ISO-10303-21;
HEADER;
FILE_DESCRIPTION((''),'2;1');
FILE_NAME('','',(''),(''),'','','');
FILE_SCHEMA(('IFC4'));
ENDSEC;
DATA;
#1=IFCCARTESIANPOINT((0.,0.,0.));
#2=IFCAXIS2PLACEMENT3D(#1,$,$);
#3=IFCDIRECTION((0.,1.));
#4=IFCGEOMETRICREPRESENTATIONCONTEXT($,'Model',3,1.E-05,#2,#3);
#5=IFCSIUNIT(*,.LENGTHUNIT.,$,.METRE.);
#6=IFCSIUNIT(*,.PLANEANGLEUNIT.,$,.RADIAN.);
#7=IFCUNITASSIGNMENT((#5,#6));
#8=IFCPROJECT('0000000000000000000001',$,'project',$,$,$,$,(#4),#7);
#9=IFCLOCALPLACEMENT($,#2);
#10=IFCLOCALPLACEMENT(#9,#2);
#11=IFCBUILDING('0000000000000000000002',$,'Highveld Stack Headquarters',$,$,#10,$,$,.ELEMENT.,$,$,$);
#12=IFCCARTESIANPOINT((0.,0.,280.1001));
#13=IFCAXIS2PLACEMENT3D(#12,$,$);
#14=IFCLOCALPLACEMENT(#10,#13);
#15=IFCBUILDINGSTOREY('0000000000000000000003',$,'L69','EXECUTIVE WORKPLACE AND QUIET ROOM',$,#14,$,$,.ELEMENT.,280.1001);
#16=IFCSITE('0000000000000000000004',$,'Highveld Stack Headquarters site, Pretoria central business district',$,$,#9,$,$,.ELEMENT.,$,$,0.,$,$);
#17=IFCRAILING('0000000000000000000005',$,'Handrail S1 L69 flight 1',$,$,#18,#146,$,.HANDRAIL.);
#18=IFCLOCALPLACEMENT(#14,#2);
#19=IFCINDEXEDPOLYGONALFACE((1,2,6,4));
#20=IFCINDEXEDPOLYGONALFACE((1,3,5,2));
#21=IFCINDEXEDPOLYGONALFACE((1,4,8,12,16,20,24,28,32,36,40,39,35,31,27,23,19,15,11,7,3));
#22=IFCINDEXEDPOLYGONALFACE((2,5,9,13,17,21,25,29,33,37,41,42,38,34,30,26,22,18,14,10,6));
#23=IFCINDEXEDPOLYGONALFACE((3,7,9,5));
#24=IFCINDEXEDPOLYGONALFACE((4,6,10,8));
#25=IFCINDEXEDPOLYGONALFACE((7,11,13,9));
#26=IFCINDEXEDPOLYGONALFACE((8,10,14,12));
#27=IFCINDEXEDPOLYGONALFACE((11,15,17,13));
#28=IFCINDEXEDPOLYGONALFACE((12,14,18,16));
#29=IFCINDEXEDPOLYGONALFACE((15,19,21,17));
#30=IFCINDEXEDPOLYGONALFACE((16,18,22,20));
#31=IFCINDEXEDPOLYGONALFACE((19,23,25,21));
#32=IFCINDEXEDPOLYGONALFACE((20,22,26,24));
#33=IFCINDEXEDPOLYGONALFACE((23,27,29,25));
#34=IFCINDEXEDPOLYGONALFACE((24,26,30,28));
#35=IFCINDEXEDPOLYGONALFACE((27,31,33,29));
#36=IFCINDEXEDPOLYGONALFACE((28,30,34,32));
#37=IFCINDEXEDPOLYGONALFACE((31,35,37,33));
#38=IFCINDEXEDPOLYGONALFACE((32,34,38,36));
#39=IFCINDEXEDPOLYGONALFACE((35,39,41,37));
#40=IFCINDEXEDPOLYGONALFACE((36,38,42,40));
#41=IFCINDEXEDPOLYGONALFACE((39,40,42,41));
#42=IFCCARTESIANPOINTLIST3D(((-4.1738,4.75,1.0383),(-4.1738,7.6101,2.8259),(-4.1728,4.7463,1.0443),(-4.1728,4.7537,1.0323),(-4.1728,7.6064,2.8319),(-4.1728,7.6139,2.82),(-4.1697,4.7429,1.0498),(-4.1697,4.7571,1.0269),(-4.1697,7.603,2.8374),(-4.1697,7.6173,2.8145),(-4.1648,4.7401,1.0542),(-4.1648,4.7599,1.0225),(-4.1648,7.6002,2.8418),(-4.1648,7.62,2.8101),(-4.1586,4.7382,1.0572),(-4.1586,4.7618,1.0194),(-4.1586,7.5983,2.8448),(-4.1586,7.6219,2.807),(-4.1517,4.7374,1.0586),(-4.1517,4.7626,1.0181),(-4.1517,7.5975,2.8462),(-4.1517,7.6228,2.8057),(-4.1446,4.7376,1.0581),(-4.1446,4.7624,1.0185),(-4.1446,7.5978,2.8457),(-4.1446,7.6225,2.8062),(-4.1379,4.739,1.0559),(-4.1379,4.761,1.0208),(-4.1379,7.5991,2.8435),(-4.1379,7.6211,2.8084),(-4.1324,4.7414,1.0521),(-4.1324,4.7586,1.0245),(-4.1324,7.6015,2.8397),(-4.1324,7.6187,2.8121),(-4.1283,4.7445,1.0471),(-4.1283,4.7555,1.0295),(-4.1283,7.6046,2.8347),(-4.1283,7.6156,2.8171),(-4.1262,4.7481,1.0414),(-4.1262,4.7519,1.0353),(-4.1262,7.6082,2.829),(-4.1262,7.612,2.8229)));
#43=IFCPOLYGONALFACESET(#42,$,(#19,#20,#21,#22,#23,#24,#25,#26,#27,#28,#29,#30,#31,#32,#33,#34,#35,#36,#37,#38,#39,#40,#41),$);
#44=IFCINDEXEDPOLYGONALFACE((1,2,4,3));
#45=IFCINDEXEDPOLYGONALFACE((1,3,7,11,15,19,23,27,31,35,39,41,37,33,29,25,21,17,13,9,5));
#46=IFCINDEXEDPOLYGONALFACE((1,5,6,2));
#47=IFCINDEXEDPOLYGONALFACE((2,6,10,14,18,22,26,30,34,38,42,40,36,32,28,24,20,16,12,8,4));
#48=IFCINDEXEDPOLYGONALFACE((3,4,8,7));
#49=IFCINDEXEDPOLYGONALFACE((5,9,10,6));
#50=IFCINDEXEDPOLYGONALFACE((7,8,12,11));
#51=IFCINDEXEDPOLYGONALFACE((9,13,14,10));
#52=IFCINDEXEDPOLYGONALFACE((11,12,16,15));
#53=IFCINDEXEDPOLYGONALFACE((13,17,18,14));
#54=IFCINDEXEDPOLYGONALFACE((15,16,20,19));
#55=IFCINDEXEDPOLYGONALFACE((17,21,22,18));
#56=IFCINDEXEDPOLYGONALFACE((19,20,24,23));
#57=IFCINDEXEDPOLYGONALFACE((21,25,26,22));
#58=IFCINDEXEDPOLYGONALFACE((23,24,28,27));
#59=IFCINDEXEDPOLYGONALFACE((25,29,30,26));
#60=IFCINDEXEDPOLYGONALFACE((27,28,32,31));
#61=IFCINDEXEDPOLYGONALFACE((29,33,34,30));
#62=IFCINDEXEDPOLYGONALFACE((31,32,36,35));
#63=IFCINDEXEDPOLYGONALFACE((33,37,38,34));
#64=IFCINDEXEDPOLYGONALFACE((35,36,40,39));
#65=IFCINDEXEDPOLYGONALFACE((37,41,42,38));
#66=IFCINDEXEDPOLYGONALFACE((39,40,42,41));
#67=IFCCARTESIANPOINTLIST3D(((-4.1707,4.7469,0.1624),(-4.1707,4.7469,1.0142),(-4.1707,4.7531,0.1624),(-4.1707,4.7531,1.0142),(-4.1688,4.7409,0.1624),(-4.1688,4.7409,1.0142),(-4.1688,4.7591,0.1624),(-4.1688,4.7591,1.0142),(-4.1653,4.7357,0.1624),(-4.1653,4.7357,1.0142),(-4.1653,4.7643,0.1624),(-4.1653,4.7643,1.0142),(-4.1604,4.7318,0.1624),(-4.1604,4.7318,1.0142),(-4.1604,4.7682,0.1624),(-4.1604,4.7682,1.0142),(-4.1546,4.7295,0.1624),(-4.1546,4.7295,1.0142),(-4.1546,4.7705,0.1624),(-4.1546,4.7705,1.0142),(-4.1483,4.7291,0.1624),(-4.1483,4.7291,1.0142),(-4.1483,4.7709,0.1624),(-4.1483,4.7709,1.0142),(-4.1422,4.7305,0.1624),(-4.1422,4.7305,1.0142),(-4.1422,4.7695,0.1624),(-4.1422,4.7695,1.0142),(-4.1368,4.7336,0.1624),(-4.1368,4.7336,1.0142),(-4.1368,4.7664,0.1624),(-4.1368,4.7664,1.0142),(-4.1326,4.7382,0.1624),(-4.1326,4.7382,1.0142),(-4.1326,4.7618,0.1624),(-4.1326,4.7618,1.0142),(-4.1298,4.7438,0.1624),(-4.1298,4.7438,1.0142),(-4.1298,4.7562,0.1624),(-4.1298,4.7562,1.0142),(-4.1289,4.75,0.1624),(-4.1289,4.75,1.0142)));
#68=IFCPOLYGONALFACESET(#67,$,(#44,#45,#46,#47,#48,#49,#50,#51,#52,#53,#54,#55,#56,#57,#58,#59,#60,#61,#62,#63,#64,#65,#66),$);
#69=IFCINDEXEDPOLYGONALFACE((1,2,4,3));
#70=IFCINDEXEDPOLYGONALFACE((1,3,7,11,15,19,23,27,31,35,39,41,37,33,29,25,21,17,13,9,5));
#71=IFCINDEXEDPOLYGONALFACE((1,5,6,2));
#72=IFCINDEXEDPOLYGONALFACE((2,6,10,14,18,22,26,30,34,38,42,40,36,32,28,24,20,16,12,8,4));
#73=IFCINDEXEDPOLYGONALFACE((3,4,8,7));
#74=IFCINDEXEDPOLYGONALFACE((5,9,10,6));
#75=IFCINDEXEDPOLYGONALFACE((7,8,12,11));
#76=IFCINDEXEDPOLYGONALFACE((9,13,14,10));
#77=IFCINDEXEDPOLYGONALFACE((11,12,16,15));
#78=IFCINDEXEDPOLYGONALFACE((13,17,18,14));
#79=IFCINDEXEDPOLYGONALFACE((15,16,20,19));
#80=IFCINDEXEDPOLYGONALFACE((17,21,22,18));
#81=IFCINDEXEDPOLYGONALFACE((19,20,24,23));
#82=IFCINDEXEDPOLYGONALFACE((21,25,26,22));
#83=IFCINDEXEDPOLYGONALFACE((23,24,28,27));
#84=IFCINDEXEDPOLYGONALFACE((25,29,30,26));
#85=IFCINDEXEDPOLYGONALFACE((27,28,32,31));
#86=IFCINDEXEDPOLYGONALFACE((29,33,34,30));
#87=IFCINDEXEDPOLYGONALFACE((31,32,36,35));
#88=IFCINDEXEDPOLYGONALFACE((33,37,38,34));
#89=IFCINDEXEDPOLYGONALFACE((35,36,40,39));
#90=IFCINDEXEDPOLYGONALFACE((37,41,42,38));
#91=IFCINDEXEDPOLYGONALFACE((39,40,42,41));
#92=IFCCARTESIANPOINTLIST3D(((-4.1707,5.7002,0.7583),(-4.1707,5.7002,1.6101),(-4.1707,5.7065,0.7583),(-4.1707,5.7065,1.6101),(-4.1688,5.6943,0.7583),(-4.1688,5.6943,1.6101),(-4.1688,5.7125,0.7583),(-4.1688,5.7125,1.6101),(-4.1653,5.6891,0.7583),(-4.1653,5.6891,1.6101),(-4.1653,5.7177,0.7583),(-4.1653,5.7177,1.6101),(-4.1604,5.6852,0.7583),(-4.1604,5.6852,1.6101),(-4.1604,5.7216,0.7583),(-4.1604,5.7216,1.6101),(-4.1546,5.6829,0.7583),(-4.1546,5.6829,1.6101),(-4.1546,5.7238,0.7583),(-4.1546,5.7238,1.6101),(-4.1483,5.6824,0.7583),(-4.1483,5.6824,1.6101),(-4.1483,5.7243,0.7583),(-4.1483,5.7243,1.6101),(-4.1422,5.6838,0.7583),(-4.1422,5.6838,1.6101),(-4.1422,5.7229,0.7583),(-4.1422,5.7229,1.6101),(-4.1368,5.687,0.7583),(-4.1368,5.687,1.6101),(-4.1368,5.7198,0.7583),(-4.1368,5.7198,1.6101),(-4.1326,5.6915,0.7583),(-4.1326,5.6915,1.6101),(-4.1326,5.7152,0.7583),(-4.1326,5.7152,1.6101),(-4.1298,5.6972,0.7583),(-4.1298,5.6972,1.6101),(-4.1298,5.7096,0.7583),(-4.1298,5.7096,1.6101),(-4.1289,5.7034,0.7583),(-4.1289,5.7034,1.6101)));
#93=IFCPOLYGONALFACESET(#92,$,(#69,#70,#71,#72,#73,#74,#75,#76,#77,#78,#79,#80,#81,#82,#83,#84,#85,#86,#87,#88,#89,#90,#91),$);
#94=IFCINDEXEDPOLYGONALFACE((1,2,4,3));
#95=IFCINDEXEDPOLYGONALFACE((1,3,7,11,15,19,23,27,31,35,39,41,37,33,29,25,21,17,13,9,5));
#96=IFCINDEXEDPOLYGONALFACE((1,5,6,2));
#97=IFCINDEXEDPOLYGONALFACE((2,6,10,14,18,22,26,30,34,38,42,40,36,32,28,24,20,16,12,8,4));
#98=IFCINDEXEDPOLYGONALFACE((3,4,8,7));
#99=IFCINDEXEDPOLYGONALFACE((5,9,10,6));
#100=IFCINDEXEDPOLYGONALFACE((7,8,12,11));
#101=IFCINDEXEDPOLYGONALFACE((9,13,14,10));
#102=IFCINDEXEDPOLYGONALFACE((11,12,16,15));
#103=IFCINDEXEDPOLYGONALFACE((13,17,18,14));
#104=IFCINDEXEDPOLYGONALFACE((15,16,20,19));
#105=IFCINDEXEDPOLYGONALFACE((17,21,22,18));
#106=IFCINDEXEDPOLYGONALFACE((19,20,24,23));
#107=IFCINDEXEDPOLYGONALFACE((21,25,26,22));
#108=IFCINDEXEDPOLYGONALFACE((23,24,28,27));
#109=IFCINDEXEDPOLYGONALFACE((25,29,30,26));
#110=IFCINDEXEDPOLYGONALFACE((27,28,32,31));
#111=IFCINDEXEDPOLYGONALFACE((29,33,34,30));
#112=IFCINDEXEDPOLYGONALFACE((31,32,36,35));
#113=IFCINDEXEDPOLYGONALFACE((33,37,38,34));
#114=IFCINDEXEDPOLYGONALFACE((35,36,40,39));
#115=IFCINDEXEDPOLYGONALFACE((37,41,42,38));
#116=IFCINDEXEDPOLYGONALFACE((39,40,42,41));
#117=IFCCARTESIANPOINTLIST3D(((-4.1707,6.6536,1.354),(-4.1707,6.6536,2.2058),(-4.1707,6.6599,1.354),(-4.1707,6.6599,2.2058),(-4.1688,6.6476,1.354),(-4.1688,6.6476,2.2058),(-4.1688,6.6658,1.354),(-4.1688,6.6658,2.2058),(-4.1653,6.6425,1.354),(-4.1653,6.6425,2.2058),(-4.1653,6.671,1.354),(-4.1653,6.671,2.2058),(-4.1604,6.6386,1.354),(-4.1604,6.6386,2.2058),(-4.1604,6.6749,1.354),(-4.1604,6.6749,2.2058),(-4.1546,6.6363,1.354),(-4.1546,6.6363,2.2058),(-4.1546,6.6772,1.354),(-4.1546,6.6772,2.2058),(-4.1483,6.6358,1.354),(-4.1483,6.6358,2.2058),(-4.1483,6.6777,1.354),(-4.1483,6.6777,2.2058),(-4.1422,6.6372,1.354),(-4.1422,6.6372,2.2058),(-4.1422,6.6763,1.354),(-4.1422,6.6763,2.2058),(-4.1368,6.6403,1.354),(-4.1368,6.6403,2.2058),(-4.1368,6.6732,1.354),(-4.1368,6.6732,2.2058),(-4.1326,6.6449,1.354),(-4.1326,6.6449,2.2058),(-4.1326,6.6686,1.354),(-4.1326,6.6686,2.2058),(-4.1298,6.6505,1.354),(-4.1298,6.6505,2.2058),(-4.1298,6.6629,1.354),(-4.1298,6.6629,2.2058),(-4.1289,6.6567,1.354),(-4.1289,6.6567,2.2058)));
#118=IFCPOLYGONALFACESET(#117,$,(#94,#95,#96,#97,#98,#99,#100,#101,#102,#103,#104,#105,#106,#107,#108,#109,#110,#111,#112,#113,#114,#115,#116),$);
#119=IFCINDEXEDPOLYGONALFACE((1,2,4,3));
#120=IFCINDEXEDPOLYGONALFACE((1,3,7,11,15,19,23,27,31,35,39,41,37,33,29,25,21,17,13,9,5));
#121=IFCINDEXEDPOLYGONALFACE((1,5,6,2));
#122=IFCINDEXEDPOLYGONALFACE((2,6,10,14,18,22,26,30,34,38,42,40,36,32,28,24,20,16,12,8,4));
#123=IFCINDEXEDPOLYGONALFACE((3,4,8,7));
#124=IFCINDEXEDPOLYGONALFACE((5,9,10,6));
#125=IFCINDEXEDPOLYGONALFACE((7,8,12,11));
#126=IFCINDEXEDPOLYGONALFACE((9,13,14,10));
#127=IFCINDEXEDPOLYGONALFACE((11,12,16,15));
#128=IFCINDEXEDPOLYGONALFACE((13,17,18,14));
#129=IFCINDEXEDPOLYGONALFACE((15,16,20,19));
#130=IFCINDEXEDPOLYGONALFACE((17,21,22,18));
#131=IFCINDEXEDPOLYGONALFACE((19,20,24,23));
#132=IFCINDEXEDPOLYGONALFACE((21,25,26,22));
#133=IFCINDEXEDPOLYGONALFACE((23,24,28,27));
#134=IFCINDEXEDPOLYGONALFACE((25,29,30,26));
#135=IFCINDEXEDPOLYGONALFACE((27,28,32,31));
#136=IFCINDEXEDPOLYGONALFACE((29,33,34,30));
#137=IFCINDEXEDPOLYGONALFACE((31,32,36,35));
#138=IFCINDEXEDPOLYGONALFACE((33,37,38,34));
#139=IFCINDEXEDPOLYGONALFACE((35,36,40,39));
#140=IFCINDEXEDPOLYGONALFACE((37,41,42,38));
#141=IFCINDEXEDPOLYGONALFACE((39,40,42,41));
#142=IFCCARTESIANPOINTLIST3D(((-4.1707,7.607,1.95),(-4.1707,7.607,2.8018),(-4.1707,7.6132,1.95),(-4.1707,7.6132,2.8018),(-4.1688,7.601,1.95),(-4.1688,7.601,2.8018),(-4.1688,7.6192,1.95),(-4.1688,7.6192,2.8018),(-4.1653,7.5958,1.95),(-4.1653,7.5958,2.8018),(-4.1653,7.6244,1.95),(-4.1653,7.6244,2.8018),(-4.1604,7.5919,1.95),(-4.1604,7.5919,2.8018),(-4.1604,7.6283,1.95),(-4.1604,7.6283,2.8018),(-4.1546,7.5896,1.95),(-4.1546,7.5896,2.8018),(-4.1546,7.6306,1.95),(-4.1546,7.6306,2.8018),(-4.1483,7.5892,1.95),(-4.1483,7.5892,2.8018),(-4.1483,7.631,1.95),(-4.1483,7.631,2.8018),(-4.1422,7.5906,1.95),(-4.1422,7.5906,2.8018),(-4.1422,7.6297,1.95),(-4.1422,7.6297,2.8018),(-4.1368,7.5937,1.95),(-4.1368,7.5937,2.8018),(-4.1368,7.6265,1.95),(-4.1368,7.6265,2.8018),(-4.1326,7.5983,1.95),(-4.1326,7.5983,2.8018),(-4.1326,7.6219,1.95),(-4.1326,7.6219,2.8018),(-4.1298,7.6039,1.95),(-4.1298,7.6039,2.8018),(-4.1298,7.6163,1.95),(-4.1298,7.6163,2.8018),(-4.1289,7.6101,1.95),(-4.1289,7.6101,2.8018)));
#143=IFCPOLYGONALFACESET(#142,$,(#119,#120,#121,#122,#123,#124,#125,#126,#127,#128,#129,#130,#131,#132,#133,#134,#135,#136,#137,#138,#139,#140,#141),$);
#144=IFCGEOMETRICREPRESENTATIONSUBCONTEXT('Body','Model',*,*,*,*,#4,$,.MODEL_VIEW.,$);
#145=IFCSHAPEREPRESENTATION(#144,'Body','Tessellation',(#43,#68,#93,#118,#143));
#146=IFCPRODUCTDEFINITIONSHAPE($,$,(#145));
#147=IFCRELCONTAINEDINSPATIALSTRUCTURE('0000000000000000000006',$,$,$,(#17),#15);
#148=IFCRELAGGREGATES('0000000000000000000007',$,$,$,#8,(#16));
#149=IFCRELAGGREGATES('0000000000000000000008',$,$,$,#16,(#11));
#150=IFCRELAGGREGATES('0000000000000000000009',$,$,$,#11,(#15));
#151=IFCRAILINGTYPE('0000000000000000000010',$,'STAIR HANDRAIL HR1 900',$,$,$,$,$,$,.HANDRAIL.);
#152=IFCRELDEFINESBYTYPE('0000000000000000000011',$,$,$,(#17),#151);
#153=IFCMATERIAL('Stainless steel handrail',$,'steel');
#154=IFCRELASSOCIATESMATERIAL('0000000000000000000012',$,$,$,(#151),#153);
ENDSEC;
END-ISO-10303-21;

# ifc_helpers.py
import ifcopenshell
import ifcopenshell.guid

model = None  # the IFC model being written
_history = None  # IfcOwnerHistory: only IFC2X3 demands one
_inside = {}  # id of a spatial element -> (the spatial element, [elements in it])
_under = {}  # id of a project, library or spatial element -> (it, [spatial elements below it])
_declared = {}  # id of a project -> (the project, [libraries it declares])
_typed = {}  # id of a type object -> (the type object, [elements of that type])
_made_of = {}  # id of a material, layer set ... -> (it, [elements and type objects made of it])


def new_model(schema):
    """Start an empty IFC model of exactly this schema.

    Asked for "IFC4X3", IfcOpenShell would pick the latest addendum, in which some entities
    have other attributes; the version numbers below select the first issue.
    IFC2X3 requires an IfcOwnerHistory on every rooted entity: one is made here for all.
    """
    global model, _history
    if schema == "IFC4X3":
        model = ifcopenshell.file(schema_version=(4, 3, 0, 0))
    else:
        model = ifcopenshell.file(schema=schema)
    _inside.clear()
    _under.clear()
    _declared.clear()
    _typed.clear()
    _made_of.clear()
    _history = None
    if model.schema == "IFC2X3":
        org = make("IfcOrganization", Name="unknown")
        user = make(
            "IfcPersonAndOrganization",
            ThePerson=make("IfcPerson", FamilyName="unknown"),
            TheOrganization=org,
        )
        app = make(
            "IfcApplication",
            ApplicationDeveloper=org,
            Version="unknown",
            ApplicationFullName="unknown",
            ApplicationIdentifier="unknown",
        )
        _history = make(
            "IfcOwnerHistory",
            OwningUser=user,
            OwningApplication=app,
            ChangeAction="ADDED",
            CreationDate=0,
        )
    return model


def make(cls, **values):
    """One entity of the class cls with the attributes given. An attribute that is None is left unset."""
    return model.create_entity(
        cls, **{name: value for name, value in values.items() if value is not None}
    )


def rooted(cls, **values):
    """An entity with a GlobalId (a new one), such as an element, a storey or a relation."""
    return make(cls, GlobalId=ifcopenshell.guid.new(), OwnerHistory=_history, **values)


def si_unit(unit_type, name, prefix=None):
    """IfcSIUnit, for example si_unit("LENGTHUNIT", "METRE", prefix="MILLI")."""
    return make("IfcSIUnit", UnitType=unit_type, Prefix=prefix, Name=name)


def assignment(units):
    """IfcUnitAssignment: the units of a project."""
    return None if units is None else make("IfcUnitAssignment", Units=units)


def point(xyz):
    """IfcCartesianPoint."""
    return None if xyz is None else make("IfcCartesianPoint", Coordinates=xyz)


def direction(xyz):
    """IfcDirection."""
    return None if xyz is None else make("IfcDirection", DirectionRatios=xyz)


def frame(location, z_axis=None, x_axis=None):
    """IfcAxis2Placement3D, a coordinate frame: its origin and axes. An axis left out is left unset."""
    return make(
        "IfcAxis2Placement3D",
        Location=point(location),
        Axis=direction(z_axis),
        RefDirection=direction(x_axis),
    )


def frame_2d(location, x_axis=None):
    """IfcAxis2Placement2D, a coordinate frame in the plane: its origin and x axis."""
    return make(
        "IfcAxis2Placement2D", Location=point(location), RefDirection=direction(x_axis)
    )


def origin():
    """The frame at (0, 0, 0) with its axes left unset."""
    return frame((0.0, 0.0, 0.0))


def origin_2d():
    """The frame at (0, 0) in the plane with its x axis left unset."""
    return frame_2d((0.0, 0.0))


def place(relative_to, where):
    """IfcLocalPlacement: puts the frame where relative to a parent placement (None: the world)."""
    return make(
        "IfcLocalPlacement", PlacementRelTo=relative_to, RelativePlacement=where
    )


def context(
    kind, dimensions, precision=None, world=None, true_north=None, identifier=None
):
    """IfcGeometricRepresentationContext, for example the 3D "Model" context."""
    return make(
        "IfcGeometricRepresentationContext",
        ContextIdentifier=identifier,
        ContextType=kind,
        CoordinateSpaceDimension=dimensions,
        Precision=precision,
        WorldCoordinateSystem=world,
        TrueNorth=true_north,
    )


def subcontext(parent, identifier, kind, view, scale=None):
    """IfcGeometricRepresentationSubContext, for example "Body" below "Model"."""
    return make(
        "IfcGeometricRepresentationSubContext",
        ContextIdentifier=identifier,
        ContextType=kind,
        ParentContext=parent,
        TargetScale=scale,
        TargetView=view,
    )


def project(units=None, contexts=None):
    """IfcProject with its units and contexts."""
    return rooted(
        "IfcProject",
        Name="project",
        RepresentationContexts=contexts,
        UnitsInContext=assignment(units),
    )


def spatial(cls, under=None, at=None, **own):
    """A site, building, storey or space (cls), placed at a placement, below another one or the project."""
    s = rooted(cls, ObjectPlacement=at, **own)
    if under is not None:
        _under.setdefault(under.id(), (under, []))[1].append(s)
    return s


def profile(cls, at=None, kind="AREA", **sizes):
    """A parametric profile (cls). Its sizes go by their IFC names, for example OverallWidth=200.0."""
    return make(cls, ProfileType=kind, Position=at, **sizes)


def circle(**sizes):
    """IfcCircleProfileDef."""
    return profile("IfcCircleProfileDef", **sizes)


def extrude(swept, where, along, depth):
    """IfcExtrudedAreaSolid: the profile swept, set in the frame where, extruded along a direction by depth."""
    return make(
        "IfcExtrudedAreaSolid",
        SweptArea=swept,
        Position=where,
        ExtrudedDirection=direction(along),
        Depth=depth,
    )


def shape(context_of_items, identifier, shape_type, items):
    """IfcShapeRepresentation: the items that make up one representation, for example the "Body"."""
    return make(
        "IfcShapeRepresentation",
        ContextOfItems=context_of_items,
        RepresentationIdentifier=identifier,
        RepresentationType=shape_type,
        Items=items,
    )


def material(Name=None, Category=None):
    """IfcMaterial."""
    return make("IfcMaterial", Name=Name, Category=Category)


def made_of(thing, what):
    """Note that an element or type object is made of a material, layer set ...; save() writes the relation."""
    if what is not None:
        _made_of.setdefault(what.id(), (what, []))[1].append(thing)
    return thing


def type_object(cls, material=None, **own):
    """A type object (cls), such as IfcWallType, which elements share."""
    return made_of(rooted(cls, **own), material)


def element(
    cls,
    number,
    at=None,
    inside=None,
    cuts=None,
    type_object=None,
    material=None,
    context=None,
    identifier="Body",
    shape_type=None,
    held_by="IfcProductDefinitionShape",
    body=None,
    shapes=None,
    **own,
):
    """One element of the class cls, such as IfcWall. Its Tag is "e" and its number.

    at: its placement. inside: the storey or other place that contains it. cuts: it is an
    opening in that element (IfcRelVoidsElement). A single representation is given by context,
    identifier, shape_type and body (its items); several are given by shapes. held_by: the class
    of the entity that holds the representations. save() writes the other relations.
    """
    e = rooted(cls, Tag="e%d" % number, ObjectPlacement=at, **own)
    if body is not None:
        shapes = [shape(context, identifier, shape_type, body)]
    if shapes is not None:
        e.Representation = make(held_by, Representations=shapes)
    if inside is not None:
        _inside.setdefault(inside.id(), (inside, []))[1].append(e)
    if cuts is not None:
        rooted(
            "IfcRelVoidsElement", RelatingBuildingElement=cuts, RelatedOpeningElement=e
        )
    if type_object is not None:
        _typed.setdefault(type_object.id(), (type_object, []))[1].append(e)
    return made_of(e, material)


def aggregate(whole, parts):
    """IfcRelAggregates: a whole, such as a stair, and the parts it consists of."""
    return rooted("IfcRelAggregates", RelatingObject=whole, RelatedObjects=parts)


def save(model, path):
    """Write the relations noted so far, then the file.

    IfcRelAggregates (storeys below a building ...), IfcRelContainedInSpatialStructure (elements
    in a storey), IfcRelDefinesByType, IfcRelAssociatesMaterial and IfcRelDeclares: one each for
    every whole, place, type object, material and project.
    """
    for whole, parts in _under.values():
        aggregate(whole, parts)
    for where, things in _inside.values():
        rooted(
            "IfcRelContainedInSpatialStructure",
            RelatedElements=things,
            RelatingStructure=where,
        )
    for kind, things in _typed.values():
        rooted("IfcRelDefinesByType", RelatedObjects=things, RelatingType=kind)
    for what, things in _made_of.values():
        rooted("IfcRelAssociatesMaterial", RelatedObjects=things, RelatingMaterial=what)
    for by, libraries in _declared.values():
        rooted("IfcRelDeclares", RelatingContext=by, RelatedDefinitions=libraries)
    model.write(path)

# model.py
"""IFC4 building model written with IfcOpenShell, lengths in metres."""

from ifc_helpers import new_model, si_unit, direction, frame, origin, origin_2d, place, context, subcontext, project, spatial, circle, extrude, material, type_object, element, save


model = new_model("IFC4")

# Units and contexts
model_context = context("Model", 3, precision=1e-05, world=origin(), true_north=direction((0.0, 1.0)))
body_context = subcontext(model_context, "Body", "Model", "MODEL_VIEW")
ifc_project = project(units=[si_unit("LENGTHUNIT", "METRE"), si_unit("PLANEANGLEUNIT", "RADIAN")], contexts=[model_context])

# Site, building, storey
site_placement = place(None, origin())
site = spatial("IfcSite", under=ifc_project, at=site_placement, Name="Highveld Stack Headquarters site, Pretoria central business district", CompositionType="ELEMENT", RefElevation=0.0)
building_placement = place(site_placement, origin())
building = spatial("IfcBuilding", under=site, at=building_placement, Name="Highveld Stack Headquarters", CompositionType="ELEMENT")
storey_placement = place(building_placement, frame((0.0, 0.0, 280.1001)))
storey = spatial("IfcBuildingStorey", under=building, at=storey_placement, Name="L69", Description="EXECUTIVE WORKPLACE AND QUIET ROOM", CompositionType="ELEMENT", Elevation=280.1001)

# Railing
ifc_material_1 = material(Name="Stainless steel handrail", Category="steel")
railing_type = type_object("IfcRailingType", Name="STAIR HANDRAIL HR1 900", PredefinedType="HANDRAIL", material=ifc_material_1)
for number, where, name in (
    (1, (-4.1499, 4.75, 0.1624), "Handrail S1 L69 flight 1"),
):
    element("IfcRailing", number, at=place(storey_placement, frame(where)), inside=storey, type_object=railing_type, Name=name, PredefinedType="HANDRAIL", context=body_context, shape_type="SweptSolid", body=[
        extrude(circle(Radius=0.0239, at=origin_2d()), frame((0.0, 0.0, 0.876), z_axis=(0.0, 0.847994, 0.530005), x_axis=(-1.0, 0.0, 0.0)), (0.0, 0.0, 1.0), 3.3728),
        extrude(circle(Radius=0.021, at=origin_2d()), origin(), (0.0, 0.0, 1.0), 0.8518),
        extrude(circle(Radius=0.021, at=origin_2d()), frame((0.0, 0.9534, 0.5959)), (0.0, 0.0, 1.0), 0.8518),
        extrude(circle(Radius=0.021, at=origin_2d()), frame((0.0, 1.9067, 1.1917)), (0.0, 0.0, 1.0), 0.8518),
        extrude(circle(Radius=0.021, at=origin_2d()), frame((0.0, 2.8601, 1.7876)), (0.0, 0.0, 1.0), 0.8518),
    ])

save(model, "model.ifc")
